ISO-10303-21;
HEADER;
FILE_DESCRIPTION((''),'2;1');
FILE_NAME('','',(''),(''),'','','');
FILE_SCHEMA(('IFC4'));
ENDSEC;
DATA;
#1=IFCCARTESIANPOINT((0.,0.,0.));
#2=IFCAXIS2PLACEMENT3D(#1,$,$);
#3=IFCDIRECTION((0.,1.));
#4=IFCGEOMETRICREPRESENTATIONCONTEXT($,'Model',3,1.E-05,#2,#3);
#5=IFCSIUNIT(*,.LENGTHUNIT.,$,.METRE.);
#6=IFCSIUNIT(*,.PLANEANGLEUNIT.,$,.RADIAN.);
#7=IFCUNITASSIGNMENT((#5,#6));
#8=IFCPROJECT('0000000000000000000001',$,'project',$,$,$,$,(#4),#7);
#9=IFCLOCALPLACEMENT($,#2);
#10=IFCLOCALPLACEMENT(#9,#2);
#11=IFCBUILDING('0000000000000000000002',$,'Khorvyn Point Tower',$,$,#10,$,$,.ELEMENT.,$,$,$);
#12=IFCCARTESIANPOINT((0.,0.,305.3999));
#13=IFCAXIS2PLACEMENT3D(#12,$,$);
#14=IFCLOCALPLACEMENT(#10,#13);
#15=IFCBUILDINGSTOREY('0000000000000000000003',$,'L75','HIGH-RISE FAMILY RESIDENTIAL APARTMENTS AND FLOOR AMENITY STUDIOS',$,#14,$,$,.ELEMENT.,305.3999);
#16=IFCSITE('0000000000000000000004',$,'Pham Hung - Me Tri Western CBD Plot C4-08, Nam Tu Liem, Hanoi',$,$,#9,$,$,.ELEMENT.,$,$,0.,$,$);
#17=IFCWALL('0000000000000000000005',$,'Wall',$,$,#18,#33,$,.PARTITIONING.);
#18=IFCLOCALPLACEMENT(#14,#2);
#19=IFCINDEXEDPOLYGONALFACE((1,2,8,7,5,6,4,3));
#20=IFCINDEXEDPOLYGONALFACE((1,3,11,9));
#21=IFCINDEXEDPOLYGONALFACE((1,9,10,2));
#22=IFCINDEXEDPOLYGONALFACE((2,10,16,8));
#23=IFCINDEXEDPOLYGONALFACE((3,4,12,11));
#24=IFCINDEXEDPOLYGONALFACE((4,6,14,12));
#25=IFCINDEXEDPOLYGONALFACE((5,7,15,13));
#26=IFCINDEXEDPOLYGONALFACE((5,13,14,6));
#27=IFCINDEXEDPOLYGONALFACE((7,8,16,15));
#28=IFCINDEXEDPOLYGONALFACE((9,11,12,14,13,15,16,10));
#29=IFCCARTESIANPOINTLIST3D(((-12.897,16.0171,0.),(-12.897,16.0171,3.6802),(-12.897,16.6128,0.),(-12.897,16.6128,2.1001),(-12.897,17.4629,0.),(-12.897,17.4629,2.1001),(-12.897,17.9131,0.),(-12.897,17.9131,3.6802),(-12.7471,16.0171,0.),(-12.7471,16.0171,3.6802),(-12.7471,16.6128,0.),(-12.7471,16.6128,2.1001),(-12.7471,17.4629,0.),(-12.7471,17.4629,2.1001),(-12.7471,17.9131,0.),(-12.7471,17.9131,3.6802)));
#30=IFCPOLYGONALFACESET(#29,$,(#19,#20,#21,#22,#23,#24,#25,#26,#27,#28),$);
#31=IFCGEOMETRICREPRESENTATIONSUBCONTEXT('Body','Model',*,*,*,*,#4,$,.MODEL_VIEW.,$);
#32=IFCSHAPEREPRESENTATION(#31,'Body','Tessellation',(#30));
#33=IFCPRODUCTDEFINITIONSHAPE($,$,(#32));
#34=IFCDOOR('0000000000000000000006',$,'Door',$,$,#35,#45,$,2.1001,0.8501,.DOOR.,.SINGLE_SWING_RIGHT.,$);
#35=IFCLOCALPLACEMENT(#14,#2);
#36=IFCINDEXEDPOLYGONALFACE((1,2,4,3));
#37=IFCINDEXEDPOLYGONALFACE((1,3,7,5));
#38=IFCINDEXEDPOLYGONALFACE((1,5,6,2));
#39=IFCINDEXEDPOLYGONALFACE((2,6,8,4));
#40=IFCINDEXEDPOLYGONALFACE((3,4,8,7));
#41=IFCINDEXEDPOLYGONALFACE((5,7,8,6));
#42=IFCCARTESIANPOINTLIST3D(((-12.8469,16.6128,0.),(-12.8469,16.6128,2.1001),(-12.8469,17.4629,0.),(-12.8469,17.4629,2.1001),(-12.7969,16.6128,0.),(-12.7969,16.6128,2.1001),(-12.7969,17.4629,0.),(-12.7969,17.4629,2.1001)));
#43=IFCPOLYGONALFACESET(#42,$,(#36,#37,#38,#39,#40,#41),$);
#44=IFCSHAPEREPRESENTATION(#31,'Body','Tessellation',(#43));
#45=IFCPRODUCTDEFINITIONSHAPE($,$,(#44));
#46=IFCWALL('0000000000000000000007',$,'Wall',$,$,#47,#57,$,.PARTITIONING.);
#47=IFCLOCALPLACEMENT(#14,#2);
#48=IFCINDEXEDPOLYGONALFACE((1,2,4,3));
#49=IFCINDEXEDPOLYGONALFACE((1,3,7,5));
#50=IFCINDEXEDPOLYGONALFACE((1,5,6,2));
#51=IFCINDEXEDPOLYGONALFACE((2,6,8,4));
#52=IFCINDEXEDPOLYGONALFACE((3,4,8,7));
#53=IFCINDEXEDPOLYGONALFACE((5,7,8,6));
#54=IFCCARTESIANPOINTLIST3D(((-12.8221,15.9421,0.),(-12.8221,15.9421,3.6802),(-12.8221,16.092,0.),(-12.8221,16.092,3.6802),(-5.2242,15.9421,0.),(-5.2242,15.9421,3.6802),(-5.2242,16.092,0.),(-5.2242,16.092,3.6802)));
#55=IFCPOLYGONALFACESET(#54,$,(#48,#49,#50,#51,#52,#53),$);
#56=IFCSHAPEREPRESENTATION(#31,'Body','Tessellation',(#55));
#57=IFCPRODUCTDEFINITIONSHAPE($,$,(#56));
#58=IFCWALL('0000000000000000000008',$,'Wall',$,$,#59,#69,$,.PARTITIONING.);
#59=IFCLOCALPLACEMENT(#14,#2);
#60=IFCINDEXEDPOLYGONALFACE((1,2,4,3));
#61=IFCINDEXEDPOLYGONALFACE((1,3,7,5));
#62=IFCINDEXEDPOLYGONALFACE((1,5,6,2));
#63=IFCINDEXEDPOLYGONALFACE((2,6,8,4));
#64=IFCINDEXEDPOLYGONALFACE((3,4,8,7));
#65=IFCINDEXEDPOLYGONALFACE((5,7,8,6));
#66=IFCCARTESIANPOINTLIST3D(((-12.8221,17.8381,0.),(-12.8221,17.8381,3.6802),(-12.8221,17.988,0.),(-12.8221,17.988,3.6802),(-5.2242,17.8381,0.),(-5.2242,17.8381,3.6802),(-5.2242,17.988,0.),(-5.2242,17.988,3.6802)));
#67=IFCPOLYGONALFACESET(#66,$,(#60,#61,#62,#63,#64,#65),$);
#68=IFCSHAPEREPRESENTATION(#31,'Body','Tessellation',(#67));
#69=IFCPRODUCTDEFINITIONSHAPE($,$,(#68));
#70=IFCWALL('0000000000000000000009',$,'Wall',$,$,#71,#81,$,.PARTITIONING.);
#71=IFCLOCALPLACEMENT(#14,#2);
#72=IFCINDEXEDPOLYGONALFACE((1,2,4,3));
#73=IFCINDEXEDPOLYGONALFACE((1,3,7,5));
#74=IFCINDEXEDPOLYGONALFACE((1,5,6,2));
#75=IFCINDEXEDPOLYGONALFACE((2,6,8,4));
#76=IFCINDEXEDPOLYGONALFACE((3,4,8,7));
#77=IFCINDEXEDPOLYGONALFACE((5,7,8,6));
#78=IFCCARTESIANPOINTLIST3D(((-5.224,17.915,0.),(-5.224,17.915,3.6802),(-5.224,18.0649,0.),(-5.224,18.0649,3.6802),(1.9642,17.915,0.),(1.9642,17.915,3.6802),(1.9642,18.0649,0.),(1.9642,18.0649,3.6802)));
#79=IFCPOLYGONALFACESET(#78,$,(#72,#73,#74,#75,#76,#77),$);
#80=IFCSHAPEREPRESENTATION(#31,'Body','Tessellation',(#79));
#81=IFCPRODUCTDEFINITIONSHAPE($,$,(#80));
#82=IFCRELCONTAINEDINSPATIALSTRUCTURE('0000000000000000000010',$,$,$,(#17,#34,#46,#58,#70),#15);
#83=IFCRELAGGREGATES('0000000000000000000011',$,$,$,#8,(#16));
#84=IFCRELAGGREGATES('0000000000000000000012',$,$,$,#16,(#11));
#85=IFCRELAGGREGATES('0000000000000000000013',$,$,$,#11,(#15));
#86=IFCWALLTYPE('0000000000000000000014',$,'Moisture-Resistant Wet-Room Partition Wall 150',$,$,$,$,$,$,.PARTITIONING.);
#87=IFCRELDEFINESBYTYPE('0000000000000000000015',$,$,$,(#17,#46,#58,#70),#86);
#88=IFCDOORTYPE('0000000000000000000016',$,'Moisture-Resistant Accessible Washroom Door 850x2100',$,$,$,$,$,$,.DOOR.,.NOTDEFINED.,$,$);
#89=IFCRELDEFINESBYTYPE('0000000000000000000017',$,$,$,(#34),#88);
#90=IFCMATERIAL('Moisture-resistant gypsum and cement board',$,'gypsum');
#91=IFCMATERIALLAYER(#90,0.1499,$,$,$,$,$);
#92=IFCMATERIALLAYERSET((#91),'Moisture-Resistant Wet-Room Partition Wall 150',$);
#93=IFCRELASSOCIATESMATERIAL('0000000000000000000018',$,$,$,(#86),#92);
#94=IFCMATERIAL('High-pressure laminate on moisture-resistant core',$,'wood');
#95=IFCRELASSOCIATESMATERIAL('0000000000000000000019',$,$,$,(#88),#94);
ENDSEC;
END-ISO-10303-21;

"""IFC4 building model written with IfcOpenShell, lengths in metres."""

from ifc_helpers import new_model, si_unit, direction, frame, frame_2d, origin, place, context, subcontext, project, spatial, rectangle, extrude, material, layer, layer_set, type_object, element, fill, save


model = new_model("IFC4")

# Units and contexts
model_context = context("Model", 3, precision=1e-05, world=origin(), true_north=direction((0.0, 1.0)))
body_context = subcontext(model_context, "Body", "Model", "MODEL_VIEW")
ifc_project = project(units=[si_unit("LENGTHUNIT", "METRE"), si_unit("PLANEANGLEUNIT", "RADIAN")], contexts=[model_context])

# Site, building, storey
site_placement = place(None, origin())
site = spatial("IfcSite", under=ifc_project, at=site_placement, Name="Pham Hung - Me Tri Western CBD Plot C4-08, Nam Tu Liem, Hanoi", CompositionType="ELEMENT", RefElevation=0.0)
building_placement = place(site_placement, origin())
building = spatial("IfcBuilding", under=site, at=building_placement, Name="Khorvyn Point Tower", CompositionType="ELEMENT")
storey_placement = place(building_placement, frame((0.0, 0.0, 305.3999)))
storey = spatial("IfcBuildingStorey", under=building, at=storey_placement, Name="L75", Description="HIGH-RISE FAMILY RESIDENTIAL APARTMENTS AND FLOOR AMENITY STUDIOS", CompositionType="ELEMENT", Elevation=305.3999)

# Wall, opening, door
ifc_material_1 = material(Name="Moisture-resistant gypsum and cement board", Category="gypsum")
ifc_layer_1 = layer(ifc_material_1, 0.1499)
ifc_layer_set_1 = layer_set([ifc_layer_1], Name="Moisture-Resistant Wet-Room Partition Wall 150")
wall_type_1 = type_object("IfcWallType", Name="Moisture-Resistant Wet-Room Partition Wall 150", PredefinedType="PARTITIONING", material=ifc_layer_set_1)
ifc_material_2 = material(Name="High-pressure laminate on moisture-resistant core", Category="wood")
door_type_1 = type_object("IfcDoorType", Name="Moisture-Resistant Accessible Washroom Door 850x2100", OperationType="NOTDEFINED", PredefinedType="DOOR", material=ifc_material_2)
wall_1_placement = place(storey_placement, frame((-12.822, 16.0171, 0.0), z_axis=(0.0, 0.0, 1.0), x_axis=(0.0, 1.0, 0.0)))
wall_1 = element("IfcWall", 1, at=wall_1_placement, inside=storey, type_object=wall_type_1, Name="Wall", PredefinedType="PARTITIONING", context=body_context, shape_type="SweptSolid", body=[
    extrude(rectangle(XDim=1.896, YDim=0.1499, at=frame_2d((0.948, 0.0))), origin(), (0.0, 0.0, 1.0), 3.6802),
])
opening_1_placement = place(wall_1_placement, frame((0.5957, 0.0, 0.0)))
opening_1 = element("IfcOpeningElement", 2, at=opening_1_placement, cuts=wall_1, PredefinedType="OPENING", context=body_context, shape_type="SweptSolid", body=[
    extrude(rectangle(XDim=0.8501, YDim=2.1001, at=frame_2d((0.425, 1.05))), frame((0.0, 0.085, 0.0), z_axis=(0.0, -1.0, 0.0), x_axis=(1.0, 0.0, 0.0)), (0.0, 0.0, 1.0), 0.1699),
])
door_1_placement = place(opening_1_placement, origin())
door_1 = element("IfcDoor", 3, at=door_1_placement, inside=storey, type_object=door_type_1, Name="Door", OperationType="SINGLE_SWING_RIGHT", OverallHeight=2.1001, OverallWidth=0.8501, PredefinedType="DOOR", context=body_context, shape_type="SweptSolid", body=[
    extrude(rectangle(XDim=0.8501, YDim=2.1001, at=frame_2d((0.425, 1.05))), frame((0.0, 0.0249, 0.0), z_axis=(0.0, -1.0, 0.0), x_axis=(1.0, 0.0, 0.0)), (0.0, 0.0, 1.0), 0.05),
])
fill(opening_1, door_1)

# Walls
for number, where, z_axis, x_axis, name in (
    (4, (-12.822, 16.0171, 0.0), (0.0, 0.0, 1.0), (1.0, 0.0, 0.0), "Wall"),
    (5, (-12.822, 17.9131, 0.0), (0.0, 0.0, 1.0), (1.0, 0.0, 0.0), "Wall"),
):
    element("IfcWall", number, at=place(storey_placement, frame(where, z_axis=z_axis, x_axis=x_axis)), inside=storey, type_object=wall_type_1, Name=name, PredefinedType="PARTITIONING", context=body_context, shape_type="SweptSolid", body=[
        extrude(rectangle(XDim=7.5979, YDim=0.1499, at=frame_2d((3.7988, 0.0))), origin(), (0.0, 0.0, 1.0), 3.6802),
    ])
wall_2_placement = place(storey_placement, frame((-5.2241, 17.99, 0.0), z_axis=(0.0, 0.0, 1.0), x_axis=(1.0, 0.0, 0.0)))
element("IfcWall", 6, at=wall_2_placement, inside=storey, type_object=wall_type_1, Name="Wall", PredefinedType="PARTITIONING", context=body_context, shape_type="SweptSolid", body=[
    extrude(rectangle(XDim=7.1882, YDim=0.1499, at=frame_2d((3.5942, 0.0))), origin(), (0.0, 0.0, 1.0), 3.6802),
])

save(model, "model.ifc")
